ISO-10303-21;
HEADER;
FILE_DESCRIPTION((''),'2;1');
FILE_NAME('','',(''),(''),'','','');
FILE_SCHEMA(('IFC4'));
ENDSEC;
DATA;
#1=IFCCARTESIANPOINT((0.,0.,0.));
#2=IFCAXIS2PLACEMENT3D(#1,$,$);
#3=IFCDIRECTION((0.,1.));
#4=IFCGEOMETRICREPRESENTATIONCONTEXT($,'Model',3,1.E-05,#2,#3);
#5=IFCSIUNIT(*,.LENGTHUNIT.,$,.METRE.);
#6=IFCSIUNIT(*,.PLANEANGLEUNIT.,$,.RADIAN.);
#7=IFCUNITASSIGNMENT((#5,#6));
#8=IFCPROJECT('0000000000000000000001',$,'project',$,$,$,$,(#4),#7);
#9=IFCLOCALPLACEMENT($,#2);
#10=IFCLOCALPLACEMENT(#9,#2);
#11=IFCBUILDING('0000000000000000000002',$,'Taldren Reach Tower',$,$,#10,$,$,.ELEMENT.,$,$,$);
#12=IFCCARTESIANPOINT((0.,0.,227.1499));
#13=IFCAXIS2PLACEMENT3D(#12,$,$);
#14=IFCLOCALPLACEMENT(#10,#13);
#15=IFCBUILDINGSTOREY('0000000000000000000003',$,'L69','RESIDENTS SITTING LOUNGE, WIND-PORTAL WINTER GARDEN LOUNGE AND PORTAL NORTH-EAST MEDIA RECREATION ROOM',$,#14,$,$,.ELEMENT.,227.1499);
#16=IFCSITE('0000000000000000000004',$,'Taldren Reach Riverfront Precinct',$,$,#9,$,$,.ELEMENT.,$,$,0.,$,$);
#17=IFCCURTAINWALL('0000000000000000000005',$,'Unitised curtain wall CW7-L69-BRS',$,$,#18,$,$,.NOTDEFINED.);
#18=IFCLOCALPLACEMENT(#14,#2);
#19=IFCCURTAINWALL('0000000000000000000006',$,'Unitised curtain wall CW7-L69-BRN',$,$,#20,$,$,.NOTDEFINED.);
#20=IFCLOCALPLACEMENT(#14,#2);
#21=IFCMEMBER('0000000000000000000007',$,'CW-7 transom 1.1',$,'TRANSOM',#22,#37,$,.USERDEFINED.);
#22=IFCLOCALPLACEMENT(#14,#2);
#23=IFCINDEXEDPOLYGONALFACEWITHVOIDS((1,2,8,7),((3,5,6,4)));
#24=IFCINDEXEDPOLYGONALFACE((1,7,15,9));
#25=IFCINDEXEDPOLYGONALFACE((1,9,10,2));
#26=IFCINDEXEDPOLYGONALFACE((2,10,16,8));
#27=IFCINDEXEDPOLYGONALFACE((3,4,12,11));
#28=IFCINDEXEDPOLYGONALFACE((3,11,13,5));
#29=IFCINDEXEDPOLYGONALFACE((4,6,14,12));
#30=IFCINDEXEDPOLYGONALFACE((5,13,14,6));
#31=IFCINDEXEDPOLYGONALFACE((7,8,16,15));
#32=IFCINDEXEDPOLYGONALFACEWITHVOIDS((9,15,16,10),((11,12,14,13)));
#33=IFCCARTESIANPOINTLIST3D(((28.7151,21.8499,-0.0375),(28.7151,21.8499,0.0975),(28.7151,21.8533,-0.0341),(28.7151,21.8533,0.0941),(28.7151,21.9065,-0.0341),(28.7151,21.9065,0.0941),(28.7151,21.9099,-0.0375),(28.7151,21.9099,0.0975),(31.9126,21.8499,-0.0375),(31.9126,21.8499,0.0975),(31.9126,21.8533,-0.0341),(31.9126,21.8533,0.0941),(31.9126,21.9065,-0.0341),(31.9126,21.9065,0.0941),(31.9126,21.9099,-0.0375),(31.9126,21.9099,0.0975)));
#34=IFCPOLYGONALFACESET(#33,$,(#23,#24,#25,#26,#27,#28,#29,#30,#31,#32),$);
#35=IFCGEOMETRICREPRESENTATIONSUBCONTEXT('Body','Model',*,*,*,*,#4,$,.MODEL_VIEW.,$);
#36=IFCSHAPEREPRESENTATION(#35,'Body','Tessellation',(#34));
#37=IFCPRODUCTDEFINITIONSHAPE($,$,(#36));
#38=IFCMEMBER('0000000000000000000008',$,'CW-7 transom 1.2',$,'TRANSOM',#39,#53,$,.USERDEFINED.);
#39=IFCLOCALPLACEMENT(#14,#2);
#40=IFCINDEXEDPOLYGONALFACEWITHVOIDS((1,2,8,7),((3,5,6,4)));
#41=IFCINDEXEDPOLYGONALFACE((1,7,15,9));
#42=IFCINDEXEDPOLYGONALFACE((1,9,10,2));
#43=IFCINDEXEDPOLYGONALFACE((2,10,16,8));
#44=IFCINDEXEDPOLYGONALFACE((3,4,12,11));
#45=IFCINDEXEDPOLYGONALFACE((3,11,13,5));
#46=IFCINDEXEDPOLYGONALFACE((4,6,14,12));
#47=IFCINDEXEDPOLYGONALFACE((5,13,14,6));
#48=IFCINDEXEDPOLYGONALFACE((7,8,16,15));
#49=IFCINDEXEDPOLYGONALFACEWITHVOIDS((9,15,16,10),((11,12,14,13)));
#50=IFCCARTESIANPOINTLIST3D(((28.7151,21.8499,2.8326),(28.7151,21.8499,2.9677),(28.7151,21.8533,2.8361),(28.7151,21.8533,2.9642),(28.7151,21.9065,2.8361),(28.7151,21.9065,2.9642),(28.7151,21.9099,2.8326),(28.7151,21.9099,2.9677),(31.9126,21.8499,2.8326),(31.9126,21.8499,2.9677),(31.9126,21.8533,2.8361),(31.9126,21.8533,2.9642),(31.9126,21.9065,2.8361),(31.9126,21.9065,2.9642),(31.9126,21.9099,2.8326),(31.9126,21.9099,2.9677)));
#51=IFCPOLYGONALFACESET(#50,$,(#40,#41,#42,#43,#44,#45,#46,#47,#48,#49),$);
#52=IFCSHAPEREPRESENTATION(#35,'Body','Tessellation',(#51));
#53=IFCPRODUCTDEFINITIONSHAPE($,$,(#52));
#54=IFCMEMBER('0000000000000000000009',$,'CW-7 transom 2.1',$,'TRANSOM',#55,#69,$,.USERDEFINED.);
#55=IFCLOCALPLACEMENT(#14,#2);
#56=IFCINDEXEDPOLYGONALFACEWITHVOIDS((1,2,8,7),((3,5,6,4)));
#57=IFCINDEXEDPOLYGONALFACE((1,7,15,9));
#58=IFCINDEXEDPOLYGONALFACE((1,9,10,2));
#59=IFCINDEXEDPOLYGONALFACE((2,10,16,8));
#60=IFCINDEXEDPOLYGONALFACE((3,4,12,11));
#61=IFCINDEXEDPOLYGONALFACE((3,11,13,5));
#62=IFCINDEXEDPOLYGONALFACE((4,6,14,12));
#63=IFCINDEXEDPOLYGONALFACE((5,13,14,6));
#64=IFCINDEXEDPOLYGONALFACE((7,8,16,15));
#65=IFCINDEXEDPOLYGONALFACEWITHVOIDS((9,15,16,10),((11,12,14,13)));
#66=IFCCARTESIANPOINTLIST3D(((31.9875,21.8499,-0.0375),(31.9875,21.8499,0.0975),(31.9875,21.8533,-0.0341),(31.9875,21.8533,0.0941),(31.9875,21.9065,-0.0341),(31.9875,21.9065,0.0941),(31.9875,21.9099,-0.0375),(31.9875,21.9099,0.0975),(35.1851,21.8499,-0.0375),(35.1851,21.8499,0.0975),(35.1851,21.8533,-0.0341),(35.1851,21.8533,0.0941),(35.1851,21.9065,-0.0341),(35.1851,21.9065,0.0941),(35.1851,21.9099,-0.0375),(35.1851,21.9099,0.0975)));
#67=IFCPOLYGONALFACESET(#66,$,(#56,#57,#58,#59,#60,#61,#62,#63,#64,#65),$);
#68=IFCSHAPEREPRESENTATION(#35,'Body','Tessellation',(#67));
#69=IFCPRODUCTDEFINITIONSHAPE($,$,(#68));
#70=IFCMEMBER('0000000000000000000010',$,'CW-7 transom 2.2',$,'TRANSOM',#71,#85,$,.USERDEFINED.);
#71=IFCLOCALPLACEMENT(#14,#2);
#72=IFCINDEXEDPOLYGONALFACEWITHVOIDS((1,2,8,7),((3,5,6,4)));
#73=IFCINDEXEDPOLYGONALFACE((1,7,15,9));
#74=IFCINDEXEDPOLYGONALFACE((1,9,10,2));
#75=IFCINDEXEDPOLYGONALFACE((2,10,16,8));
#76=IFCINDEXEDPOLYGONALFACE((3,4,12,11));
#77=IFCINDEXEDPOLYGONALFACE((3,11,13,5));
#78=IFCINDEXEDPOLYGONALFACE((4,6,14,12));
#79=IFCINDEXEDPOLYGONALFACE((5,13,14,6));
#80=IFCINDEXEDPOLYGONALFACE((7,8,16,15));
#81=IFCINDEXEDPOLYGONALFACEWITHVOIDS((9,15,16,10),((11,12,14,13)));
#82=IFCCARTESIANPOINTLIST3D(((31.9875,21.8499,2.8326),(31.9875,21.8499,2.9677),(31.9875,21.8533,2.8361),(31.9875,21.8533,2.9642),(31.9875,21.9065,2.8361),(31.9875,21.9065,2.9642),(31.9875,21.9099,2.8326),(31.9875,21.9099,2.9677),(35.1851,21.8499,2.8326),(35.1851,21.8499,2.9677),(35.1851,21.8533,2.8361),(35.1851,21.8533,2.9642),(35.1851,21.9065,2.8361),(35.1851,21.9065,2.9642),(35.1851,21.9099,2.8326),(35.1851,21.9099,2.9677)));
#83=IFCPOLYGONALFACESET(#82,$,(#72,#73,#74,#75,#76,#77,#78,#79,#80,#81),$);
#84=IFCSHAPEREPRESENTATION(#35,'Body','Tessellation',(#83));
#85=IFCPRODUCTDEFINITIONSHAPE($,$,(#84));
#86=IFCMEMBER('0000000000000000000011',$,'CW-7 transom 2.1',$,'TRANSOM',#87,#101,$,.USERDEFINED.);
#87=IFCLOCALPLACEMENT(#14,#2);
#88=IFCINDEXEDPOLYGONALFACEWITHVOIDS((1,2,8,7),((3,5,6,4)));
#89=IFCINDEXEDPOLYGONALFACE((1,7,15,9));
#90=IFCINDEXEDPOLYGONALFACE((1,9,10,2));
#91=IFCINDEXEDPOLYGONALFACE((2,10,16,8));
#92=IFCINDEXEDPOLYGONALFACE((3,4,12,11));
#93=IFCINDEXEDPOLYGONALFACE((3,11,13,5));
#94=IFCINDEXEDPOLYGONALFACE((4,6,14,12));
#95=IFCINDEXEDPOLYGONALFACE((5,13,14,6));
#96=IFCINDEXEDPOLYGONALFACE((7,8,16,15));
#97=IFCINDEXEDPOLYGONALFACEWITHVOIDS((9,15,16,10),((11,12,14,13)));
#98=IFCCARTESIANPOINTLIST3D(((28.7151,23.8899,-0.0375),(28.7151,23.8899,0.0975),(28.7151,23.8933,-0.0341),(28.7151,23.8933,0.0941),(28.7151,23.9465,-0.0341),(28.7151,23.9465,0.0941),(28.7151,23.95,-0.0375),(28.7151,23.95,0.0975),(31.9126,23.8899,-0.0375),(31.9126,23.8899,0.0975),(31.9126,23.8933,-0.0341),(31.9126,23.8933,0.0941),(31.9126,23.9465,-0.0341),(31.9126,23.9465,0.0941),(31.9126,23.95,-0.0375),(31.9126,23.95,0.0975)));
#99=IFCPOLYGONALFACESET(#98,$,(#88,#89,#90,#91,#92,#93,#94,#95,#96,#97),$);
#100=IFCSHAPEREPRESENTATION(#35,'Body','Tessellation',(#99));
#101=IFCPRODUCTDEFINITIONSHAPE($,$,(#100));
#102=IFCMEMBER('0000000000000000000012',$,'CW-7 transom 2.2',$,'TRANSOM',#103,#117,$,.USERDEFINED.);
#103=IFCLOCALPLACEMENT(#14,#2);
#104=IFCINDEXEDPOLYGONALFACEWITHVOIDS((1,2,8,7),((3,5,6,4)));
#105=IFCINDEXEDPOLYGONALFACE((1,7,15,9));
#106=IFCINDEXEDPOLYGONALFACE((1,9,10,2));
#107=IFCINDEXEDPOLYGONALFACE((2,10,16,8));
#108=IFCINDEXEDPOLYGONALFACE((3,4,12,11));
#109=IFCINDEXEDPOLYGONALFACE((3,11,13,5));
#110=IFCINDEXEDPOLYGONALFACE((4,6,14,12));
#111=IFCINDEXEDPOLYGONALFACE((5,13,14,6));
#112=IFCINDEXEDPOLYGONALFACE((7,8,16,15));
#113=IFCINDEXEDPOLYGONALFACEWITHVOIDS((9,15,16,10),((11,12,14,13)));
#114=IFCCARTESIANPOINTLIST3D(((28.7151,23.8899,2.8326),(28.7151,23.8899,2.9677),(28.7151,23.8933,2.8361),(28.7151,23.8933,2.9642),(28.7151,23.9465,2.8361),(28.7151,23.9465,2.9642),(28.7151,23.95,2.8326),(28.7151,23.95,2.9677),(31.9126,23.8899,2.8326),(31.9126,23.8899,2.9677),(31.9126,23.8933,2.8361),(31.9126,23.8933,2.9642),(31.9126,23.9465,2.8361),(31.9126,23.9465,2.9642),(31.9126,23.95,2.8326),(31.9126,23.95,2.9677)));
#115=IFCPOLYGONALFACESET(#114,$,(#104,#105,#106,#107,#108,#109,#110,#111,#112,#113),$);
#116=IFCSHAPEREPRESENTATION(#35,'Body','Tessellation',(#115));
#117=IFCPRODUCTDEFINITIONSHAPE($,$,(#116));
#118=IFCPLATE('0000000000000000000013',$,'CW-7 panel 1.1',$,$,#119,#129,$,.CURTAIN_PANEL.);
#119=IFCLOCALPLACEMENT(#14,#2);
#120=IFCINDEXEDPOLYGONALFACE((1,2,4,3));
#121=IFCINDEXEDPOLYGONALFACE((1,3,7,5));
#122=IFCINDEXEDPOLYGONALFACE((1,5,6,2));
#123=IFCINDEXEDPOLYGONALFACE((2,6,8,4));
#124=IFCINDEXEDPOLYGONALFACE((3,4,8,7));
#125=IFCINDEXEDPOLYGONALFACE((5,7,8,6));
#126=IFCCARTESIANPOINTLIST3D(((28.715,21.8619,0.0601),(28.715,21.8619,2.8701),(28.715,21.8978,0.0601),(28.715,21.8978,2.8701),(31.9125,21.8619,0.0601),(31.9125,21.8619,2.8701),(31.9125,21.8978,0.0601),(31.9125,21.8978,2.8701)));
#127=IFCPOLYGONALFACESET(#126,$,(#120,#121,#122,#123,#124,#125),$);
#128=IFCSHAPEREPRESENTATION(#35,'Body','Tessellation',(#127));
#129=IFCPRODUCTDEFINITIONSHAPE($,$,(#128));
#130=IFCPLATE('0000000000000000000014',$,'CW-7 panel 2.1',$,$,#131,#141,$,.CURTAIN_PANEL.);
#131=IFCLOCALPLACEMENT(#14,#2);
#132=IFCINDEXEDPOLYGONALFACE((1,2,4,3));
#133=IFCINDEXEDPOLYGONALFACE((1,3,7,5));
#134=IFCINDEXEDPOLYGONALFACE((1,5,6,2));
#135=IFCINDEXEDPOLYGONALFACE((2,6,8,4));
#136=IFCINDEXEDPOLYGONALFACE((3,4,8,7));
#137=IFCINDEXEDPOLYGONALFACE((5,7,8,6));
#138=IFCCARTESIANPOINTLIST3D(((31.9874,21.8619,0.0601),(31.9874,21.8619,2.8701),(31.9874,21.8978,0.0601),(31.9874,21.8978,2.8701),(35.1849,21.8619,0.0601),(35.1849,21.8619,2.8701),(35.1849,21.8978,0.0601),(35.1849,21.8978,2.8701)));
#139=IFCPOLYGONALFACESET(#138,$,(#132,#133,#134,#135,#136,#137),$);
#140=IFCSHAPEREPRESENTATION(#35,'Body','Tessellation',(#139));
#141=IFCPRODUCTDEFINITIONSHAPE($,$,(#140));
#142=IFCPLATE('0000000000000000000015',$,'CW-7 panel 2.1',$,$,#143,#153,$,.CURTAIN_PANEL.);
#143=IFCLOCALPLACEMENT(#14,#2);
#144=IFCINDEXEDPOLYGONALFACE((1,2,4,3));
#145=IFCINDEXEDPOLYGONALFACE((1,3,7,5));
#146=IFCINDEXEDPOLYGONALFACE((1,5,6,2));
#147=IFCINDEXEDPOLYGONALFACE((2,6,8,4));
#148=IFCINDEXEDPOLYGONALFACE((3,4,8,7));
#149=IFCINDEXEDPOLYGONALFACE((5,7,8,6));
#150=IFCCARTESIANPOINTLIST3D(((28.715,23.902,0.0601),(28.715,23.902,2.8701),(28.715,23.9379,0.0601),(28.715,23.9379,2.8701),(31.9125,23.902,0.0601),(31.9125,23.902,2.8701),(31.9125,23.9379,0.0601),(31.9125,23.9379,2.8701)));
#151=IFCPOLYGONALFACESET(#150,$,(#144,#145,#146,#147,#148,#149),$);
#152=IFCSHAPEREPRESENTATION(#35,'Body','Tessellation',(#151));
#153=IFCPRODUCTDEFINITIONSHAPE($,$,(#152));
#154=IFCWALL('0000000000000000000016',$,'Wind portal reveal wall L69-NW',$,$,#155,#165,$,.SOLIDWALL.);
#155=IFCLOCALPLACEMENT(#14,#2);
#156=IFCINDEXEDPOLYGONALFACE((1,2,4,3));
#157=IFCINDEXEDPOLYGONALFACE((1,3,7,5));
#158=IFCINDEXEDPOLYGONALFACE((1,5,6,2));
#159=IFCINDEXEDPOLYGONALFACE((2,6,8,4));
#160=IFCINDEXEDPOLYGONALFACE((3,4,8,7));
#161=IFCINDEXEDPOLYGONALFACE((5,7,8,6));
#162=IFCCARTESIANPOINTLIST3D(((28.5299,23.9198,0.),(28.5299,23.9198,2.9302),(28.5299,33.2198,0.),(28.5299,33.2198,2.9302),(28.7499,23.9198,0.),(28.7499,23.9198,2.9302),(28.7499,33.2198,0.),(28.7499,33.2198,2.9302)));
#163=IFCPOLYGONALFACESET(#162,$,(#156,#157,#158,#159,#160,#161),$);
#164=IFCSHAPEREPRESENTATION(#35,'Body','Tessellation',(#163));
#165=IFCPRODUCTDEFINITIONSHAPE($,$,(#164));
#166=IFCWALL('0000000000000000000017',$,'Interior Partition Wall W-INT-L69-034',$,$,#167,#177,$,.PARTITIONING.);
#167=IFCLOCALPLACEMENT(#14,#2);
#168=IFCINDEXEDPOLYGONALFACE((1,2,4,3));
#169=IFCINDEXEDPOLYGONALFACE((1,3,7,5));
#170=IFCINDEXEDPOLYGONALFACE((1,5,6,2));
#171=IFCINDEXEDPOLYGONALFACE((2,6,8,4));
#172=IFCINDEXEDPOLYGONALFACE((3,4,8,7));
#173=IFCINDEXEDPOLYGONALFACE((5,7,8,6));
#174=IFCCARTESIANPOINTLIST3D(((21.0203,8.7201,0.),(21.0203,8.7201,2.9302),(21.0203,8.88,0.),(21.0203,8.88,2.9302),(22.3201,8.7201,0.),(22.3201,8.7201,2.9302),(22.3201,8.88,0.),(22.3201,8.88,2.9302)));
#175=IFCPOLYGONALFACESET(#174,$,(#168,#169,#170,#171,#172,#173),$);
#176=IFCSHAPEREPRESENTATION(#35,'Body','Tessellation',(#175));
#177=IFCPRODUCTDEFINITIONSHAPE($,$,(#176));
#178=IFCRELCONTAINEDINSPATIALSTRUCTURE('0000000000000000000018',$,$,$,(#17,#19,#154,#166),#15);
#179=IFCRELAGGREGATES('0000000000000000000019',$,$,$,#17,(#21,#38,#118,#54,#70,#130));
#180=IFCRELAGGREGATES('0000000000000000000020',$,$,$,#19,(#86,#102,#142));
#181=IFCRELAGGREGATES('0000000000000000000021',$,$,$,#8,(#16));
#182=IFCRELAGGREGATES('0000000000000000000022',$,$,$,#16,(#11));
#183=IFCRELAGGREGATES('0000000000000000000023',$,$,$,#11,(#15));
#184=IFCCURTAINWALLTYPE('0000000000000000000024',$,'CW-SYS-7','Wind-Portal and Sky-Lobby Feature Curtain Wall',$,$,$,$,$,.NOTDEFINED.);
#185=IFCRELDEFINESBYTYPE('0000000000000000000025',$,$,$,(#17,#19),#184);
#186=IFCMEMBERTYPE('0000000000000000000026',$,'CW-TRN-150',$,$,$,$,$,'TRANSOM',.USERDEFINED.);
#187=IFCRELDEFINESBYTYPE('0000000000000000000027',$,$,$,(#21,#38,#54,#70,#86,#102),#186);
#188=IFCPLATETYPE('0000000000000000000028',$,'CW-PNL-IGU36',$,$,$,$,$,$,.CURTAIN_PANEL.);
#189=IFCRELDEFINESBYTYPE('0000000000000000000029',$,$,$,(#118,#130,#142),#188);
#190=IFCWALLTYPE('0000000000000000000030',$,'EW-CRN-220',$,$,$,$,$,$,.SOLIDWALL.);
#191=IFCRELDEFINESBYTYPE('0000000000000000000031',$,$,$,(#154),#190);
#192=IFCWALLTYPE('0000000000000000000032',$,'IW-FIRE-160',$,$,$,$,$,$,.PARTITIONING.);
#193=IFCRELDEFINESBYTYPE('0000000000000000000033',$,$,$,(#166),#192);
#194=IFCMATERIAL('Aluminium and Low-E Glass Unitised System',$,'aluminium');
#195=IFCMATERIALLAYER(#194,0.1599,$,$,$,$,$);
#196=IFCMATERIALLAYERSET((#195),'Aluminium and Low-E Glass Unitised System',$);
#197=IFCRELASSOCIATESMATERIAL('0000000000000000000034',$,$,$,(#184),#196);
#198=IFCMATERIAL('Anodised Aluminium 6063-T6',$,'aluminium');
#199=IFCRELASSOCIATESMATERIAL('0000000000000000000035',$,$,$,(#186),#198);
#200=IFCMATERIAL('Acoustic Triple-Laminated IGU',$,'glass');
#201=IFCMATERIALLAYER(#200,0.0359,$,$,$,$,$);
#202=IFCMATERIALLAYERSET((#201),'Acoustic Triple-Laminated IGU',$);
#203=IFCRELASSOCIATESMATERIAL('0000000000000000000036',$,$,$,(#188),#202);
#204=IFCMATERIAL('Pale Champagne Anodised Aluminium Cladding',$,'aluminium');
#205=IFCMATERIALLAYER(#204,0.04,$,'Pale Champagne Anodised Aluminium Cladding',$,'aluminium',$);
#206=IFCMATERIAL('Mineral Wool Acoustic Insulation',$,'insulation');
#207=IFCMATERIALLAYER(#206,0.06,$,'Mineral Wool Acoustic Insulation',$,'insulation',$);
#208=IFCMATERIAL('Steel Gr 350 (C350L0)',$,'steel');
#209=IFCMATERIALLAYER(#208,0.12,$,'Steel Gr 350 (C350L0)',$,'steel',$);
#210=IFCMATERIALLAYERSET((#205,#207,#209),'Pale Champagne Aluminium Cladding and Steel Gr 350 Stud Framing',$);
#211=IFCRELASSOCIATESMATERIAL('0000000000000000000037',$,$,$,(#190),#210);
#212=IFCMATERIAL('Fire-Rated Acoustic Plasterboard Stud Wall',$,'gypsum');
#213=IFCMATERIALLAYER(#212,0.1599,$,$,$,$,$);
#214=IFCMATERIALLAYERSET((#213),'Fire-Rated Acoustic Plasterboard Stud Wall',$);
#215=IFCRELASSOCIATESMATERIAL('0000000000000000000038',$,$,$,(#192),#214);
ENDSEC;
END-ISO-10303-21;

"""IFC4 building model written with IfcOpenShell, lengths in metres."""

from ifc_helpers import new_model, si_unit, direction, frame, frame_2d, origin, origin_2d, place, context, subcontext, project, spatial, rectangle, hollow_rectangle, extrude, source, transform, mapped, material, layer, layer_set, material_profile, profile_set, type_object, element, aggregate, save


model = new_model("IFC4")

# Units and contexts
model_context = context("Model", 3, precision=1e-05, world=origin(), true_north=direction((0.0, 1.0)))
body_context = subcontext(model_context, "Body", "Model", "MODEL_VIEW")
ifc_project = project(units=[si_unit("LENGTHUNIT", "METRE"), si_unit("PLANEANGLEUNIT", "RADIAN")], contexts=[model_context])

# Site, building, storey
site_placement = place(None, origin())
site = spatial("IfcSite", under=ifc_project, at=site_placement, Name="Taldren Reach Riverfront Precinct", CompositionType="ELEMENT", RefElevation=0.0)
building_placement = place(site_placement, origin())
building = spatial("IfcBuilding", under=site, at=building_placement, Name="Taldren Reach Tower", CompositionType="ELEMENT")
storey_placement = place(building_placement, frame((0.0, 0.0, 227.1499)))
storey = spatial("IfcBuildingStorey", under=building, at=storey_placement, Name="L69", Description="RESIDENTS SITTING LOUNGE, WIND-PORTAL WINTER GARDEN LOUNGE AND PORTAL NORTH-EAST MEDIA RECREATION ROOM", CompositionType="ELEMENT", Elevation=227.1499)

# Curtain wall
ifc_material_1 = material(Name="Aluminium and Low-E Glass Unitised System", Category="aluminium")
ifc_layer_1 = layer(ifc_material_1, 0.1599)
ifc_layer_set_1 = layer_set([ifc_layer_1], Name="Aluminium and Low-E Glass Unitised System")
curtain_wall_type = type_object("IfcCurtainWallType", Name="CW-SYS-7", Description="Wind-Portal and Sky-Lobby Feature Curtain Wall", PredefinedType="NOTDEFINED", material=ifc_layer_set_1)
curtain_wall_1_placement = place(storey_placement, origin())
curtain_wall_1 = element("IfcCurtainWall", 1, at=curtain_wall_1_placement, inside=storey, type_object=curtain_wall_type, Name="Unitised curtain wall CW7-L69-BRS", PredefinedType="NOTDEFINED")
ifc_material_2 = material(Name="Anodised Aluminium 6063-T6", Category="aluminium")

# Curtain wall
curtain_wall_2_placement = place(storey_placement, origin())
curtain_wall_2 = element("IfcCurtainWall", 2, at=curtain_wall_2_placement, inside=storey, type_object=curtain_wall_type, Name="Unitised curtain wall CW7-L69-BRN", PredefinedType="NOTDEFINED")

# Members
ifc_material_profile_1 = material_profile(ifc_material_2, hollow_rectangle(XDim=0.0601, YDim=0.135, WallThickness=0.0034, at=origin_2d()), Name="ALU-135x60x3.5RHS")
ifc_profile_set_1 = profile_set([ifc_material_profile_1], Name="Anodised Aluminium 6063-T6")
member_type_1 = type_object("IfcMemberType", Name="CW-TRN-150", ElementType="TRANSOM", PredefinedType="USERDEFINED", material=ifc_profile_set_1)
shared_shape_1 = source(origin(), body_context, "Body", "SweptSolid", [
    extrude(hollow_rectangle(XDim=0.0601, YDim=0.135, WallThickness=0.0034, at=origin_2d()), origin(), (0.0, 0.0, 1.0), 3.1975),
])
member_1_placement = place(storey_placement, frame((28.7151, 21.8799, 0.03), z_axis=(1.0, 0.0, 0.0), x_axis=(0.0, 1.0, 0.0)))
member_1 = element("IfcMember", 3, at=member_1_placement, type_object=member_type_1, Name="CW-7 transom 1.1", ObjectType="TRANSOM", PredefinedType="USERDEFINED", context=body_context, shape_type="MappedRepresentation", body=[
    mapped(shared_shape_1, transform((0.0, 0.0, 0.0), scale=1.0)),
])
member_2_placement = place(storey_placement, frame((28.7151, 21.8799, 2.9001), z_axis=(1.0, 0.0, 0.0), x_axis=(0.0, 1.0, 0.0)))
member_2 = element("IfcMember", 4, at=member_2_placement, type_object=member_type_1, Name="CW-7 transom 1.2", ObjectType="TRANSOM", PredefinedType="USERDEFINED", context=body_context, shape_type="MappedRepresentation", body=[
    mapped(shared_shape_1, transform((0.0, 0.0, 0.0), scale=1.0)),
])
member_3_placement = place(storey_placement, frame((31.9875, 21.8799, 0.03), z_axis=(1.0, 0.0, 0.0), x_axis=(0.0, 1.0, 0.0)))
member_3 = element("IfcMember", 5, at=member_3_placement, type_object=member_type_1, Name="CW-7 transom 2.1", ObjectType="TRANSOM", PredefinedType="USERDEFINED", context=body_context, shape_type="MappedRepresentation", body=[
    mapped(shared_shape_1, transform((0.0, 0.0, 0.0), scale=1.0)),
])
member_4_placement = place(storey_placement, frame((31.9875, 21.8799, 2.9001), z_axis=(1.0, 0.0, 0.0), x_axis=(0.0, 1.0, 0.0)))
member_4 = element("IfcMember", 6, at=member_4_placement, type_object=member_type_1, Name="CW-7 transom 2.2", ObjectType="TRANSOM", PredefinedType="USERDEFINED", context=body_context, shape_type="MappedRepresentation", body=[
    mapped(shared_shape_1, transform((0.0, 0.0, 0.0), scale=1.0)),
])
member_5_placement = place(storey_placement, frame((31.9126, 23.9199, 0.03), z_axis=(-1.0, 0.0, 0.0), x_axis=(0.0, -1.0, 0.0)))
member_5 = element("IfcMember", 7, at=member_5_placement, type_object=member_type_1, Name="CW-7 transom 2.1", ObjectType="TRANSOM", PredefinedType="USERDEFINED", context=body_context, shape_type="MappedRepresentation", body=[
    mapped(shared_shape_1, transform((0.0, 0.0, 0.0), scale=1.0)),
])
member_6_placement = place(storey_placement, frame((31.9126, 23.9199, 2.9001), z_axis=(-1.0, 0.0, 0.0), x_axis=(0.0, -1.0, 0.0)))
member_6 = element("IfcMember", 8, at=member_6_placement, type_object=member_type_1, Name="CW-7 transom 2.2", ObjectType="TRANSOM", PredefinedType="USERDEFINED", context=body_context, shape_type="MappedRepresentation", body=[
    mapped(shared_shape_1, transform((0.0, 0.0, 0.0), scale=1.0)),
])

# Plates
ifc_material_3 = material(Name="Acoustic Triple-Laminated IGU", Category="glass")
ifc_layer_2 = layer(ifc_material_3, 0.0359)
ifc_layer_set_2 = layer_set([ifc_layer_2], Name="Acoustic Triple-Laminated IGU")
plate_type = type_object("IfcPlateType", Name="CW-PNL-IGU36", PredefinedType="CURTAIN_PANEL", material=ifc_layer_set_2)
shared_shape_2 = source(origin(), body_context, "Body", "SweptSolid", [
    extrude(rectangle(XDim=3.1975, YDim=0.0359, at=origin_2d()), origin(), (0.0, 0.0, 1.0), 2.8101),
])
plate_1_placement = place(storey_placement, frame((30.3137, 21.8799, 0.0601), z_axis=(0.0, 0.0, 1.0), x_axis=(1.0, 0.0, 0.0)))
plate_1 = element("IfcPlate", 9, at=plate_1_placement, type_object=plate_type, Name="CW-7 panel 1.1", PredefinedType="CURTAIN_PANEL", context=body_context, shape_type="MappedRepresentation", body=[
    mapped(shared_shape_2, transform((0.0, 0.0, 0.0), scale=1.0)),
])
plate_2_placement = place(storey_placement, frame((33.5862, 21.8799, 0.0601), z_axis=(0.0, 0.0, 1.0), x_axis=(1.0, 0.0, 0.0)))
plate_2 = element("IfcPlate", 10, at=plate_2_placement, type_object=plate_type, Name="CW-7 panel 2.1", PredefinedType="CURTAIN_PANEL", context=body_context, shape_type="MappedRepresentation", body=[
    mapped(shared_shape_2, transform((0.0, 0.0, 0.0), scale=1.0)),
])
aggregate(curtain_wall_1, [member_1, member_2, plate_1, member_3, member_4, plate_2])
plate_3_placement = place(storey_placement, frame((30.3137, 23.9199, 0.0601), z_axis=(0.0, 0.0, 1.0), x_axis=(-1.0, 0.0, 0.0)))
plate_3 = element("IfcPlate", 11, at=plate_3_placement, type_object=plate_type, Name="CW-7 panel 2.1", PredefinedType="CURTAIN_PANEL", context=body_context, shape_type="MappedRepresentation", body=[
    mapped(shared_shape_2, transform((0.0, 0.0, 0.0), scale=1.0)),
])
aggregate(curtain_wall_2, [member_5, member_6, plate_3])

# Walls
ifc_material_4 = material(Name="Pale Champagne Anodised Aluminium Cladding", Category="aluminium")
ifc_layer_3 = layer(ifc_material_4, 0.04, Name="Pale Champagne Anodised Aluminium Cladding", Category="aluminium")
ifc_material_5 = material(Name="Mineral Wool Acoustic Insulation", Category="insulation")
ifc_layer_4 = layer(ifc_material_5, 0.06, Name="Mineral Wool Acoustic Insulation", Category="insulation")
ifc_material_6 = material(Name="Steel Gr 350 (C350L0)", Category="steel")
ifc_layer_5 = layer(ifc_material_6, 0.12, Name="Steel Gr 350 (C350L0)", Category="steel")
ifc_layer_set_3 = layer_set([ifc_layer_3, ifc_layer_4, ifc_layer_5], Name="Pale Champagne Aluminium Cladding and Steel Gr 350 Stud Framing")
wall_type_1 = type_object("IfcWallType", Name="EW-CRN-220", PredefinedType="SOLIDWALL", material=ifc_layer_set_3)
shared_shape_3 = source(origin(), body_context, "Body", "SweptSolid", [
    extrude(rectangle(XDim=9.3, YDim=0.22, at=frame_2d((4.6499, 0.0))), origin(), (0.0, 0.0, 1.0), 2.9302),
])
wall_1_placement = place(storey_placement, frame((28.6399, 23.9199, 0.0), z_axis=(0.0, 0.0, 1.0), x_axis=(0.0, 1.0, 0.0)))
element("IfcWall", 12, at=wall_1_placement, inside=storey, type_object=wall_type_1, Name="Wind portal reveal wall L69-NW", PredefinedType="SOLIDWALL", context=body_context, shape_type="MappedRepresentation", body=[
    mapped(shared_shape_3, transform((0.0, 0.0, 0.0), scale=1.0)),
])
ifc_material_7 = material(Name="Fire-Rated Acoustic Plasterboard Stud Wall", Category="gypsum")
ifc_layer_6 = layer(ifc_material_7, 0.1599)
ifc_layer_set_4 = layer_set([ifc_layer_6], Name="Fire-Rated Acoustic Plasterboard Stud Wall")
wall_type_2 = type_object("IfcWallType", Name="IW-FIRE-160", PredefinedType="PARTITIONING", material=ifc_layer_set_4)
shared_shape_4 = source(origin(), body_context, "Body", "SweptSolid", [
    extrude(rectangle(XDim=1.2998, YDim=0.1599, at=frame_2d((0.6499, 0.0))), origin(), (0.0, 0.0, 1.0), 2.9302),
])
wall_2_placement = place(storey_placement, frame((22.3201, 8.8, 0.0), z_axis=(0.0, 0.0, 1.0), x_axis=(-1.0, 0.0, 0.0)))
element("IfcWall", 13, at=wall_2_placement, inside=storey, type_object=wall_type_2, Name="Interior Partition Wall W-INT-L69-034", PredefinedType="PARTITIONING", context=body_context, shape_type="MappedRepresentation", body=[
    mapped(shared_shape_4, transform((0.0, 0.0, 0.0), scale=1.0)),
])

save(model, "model.ifc")
